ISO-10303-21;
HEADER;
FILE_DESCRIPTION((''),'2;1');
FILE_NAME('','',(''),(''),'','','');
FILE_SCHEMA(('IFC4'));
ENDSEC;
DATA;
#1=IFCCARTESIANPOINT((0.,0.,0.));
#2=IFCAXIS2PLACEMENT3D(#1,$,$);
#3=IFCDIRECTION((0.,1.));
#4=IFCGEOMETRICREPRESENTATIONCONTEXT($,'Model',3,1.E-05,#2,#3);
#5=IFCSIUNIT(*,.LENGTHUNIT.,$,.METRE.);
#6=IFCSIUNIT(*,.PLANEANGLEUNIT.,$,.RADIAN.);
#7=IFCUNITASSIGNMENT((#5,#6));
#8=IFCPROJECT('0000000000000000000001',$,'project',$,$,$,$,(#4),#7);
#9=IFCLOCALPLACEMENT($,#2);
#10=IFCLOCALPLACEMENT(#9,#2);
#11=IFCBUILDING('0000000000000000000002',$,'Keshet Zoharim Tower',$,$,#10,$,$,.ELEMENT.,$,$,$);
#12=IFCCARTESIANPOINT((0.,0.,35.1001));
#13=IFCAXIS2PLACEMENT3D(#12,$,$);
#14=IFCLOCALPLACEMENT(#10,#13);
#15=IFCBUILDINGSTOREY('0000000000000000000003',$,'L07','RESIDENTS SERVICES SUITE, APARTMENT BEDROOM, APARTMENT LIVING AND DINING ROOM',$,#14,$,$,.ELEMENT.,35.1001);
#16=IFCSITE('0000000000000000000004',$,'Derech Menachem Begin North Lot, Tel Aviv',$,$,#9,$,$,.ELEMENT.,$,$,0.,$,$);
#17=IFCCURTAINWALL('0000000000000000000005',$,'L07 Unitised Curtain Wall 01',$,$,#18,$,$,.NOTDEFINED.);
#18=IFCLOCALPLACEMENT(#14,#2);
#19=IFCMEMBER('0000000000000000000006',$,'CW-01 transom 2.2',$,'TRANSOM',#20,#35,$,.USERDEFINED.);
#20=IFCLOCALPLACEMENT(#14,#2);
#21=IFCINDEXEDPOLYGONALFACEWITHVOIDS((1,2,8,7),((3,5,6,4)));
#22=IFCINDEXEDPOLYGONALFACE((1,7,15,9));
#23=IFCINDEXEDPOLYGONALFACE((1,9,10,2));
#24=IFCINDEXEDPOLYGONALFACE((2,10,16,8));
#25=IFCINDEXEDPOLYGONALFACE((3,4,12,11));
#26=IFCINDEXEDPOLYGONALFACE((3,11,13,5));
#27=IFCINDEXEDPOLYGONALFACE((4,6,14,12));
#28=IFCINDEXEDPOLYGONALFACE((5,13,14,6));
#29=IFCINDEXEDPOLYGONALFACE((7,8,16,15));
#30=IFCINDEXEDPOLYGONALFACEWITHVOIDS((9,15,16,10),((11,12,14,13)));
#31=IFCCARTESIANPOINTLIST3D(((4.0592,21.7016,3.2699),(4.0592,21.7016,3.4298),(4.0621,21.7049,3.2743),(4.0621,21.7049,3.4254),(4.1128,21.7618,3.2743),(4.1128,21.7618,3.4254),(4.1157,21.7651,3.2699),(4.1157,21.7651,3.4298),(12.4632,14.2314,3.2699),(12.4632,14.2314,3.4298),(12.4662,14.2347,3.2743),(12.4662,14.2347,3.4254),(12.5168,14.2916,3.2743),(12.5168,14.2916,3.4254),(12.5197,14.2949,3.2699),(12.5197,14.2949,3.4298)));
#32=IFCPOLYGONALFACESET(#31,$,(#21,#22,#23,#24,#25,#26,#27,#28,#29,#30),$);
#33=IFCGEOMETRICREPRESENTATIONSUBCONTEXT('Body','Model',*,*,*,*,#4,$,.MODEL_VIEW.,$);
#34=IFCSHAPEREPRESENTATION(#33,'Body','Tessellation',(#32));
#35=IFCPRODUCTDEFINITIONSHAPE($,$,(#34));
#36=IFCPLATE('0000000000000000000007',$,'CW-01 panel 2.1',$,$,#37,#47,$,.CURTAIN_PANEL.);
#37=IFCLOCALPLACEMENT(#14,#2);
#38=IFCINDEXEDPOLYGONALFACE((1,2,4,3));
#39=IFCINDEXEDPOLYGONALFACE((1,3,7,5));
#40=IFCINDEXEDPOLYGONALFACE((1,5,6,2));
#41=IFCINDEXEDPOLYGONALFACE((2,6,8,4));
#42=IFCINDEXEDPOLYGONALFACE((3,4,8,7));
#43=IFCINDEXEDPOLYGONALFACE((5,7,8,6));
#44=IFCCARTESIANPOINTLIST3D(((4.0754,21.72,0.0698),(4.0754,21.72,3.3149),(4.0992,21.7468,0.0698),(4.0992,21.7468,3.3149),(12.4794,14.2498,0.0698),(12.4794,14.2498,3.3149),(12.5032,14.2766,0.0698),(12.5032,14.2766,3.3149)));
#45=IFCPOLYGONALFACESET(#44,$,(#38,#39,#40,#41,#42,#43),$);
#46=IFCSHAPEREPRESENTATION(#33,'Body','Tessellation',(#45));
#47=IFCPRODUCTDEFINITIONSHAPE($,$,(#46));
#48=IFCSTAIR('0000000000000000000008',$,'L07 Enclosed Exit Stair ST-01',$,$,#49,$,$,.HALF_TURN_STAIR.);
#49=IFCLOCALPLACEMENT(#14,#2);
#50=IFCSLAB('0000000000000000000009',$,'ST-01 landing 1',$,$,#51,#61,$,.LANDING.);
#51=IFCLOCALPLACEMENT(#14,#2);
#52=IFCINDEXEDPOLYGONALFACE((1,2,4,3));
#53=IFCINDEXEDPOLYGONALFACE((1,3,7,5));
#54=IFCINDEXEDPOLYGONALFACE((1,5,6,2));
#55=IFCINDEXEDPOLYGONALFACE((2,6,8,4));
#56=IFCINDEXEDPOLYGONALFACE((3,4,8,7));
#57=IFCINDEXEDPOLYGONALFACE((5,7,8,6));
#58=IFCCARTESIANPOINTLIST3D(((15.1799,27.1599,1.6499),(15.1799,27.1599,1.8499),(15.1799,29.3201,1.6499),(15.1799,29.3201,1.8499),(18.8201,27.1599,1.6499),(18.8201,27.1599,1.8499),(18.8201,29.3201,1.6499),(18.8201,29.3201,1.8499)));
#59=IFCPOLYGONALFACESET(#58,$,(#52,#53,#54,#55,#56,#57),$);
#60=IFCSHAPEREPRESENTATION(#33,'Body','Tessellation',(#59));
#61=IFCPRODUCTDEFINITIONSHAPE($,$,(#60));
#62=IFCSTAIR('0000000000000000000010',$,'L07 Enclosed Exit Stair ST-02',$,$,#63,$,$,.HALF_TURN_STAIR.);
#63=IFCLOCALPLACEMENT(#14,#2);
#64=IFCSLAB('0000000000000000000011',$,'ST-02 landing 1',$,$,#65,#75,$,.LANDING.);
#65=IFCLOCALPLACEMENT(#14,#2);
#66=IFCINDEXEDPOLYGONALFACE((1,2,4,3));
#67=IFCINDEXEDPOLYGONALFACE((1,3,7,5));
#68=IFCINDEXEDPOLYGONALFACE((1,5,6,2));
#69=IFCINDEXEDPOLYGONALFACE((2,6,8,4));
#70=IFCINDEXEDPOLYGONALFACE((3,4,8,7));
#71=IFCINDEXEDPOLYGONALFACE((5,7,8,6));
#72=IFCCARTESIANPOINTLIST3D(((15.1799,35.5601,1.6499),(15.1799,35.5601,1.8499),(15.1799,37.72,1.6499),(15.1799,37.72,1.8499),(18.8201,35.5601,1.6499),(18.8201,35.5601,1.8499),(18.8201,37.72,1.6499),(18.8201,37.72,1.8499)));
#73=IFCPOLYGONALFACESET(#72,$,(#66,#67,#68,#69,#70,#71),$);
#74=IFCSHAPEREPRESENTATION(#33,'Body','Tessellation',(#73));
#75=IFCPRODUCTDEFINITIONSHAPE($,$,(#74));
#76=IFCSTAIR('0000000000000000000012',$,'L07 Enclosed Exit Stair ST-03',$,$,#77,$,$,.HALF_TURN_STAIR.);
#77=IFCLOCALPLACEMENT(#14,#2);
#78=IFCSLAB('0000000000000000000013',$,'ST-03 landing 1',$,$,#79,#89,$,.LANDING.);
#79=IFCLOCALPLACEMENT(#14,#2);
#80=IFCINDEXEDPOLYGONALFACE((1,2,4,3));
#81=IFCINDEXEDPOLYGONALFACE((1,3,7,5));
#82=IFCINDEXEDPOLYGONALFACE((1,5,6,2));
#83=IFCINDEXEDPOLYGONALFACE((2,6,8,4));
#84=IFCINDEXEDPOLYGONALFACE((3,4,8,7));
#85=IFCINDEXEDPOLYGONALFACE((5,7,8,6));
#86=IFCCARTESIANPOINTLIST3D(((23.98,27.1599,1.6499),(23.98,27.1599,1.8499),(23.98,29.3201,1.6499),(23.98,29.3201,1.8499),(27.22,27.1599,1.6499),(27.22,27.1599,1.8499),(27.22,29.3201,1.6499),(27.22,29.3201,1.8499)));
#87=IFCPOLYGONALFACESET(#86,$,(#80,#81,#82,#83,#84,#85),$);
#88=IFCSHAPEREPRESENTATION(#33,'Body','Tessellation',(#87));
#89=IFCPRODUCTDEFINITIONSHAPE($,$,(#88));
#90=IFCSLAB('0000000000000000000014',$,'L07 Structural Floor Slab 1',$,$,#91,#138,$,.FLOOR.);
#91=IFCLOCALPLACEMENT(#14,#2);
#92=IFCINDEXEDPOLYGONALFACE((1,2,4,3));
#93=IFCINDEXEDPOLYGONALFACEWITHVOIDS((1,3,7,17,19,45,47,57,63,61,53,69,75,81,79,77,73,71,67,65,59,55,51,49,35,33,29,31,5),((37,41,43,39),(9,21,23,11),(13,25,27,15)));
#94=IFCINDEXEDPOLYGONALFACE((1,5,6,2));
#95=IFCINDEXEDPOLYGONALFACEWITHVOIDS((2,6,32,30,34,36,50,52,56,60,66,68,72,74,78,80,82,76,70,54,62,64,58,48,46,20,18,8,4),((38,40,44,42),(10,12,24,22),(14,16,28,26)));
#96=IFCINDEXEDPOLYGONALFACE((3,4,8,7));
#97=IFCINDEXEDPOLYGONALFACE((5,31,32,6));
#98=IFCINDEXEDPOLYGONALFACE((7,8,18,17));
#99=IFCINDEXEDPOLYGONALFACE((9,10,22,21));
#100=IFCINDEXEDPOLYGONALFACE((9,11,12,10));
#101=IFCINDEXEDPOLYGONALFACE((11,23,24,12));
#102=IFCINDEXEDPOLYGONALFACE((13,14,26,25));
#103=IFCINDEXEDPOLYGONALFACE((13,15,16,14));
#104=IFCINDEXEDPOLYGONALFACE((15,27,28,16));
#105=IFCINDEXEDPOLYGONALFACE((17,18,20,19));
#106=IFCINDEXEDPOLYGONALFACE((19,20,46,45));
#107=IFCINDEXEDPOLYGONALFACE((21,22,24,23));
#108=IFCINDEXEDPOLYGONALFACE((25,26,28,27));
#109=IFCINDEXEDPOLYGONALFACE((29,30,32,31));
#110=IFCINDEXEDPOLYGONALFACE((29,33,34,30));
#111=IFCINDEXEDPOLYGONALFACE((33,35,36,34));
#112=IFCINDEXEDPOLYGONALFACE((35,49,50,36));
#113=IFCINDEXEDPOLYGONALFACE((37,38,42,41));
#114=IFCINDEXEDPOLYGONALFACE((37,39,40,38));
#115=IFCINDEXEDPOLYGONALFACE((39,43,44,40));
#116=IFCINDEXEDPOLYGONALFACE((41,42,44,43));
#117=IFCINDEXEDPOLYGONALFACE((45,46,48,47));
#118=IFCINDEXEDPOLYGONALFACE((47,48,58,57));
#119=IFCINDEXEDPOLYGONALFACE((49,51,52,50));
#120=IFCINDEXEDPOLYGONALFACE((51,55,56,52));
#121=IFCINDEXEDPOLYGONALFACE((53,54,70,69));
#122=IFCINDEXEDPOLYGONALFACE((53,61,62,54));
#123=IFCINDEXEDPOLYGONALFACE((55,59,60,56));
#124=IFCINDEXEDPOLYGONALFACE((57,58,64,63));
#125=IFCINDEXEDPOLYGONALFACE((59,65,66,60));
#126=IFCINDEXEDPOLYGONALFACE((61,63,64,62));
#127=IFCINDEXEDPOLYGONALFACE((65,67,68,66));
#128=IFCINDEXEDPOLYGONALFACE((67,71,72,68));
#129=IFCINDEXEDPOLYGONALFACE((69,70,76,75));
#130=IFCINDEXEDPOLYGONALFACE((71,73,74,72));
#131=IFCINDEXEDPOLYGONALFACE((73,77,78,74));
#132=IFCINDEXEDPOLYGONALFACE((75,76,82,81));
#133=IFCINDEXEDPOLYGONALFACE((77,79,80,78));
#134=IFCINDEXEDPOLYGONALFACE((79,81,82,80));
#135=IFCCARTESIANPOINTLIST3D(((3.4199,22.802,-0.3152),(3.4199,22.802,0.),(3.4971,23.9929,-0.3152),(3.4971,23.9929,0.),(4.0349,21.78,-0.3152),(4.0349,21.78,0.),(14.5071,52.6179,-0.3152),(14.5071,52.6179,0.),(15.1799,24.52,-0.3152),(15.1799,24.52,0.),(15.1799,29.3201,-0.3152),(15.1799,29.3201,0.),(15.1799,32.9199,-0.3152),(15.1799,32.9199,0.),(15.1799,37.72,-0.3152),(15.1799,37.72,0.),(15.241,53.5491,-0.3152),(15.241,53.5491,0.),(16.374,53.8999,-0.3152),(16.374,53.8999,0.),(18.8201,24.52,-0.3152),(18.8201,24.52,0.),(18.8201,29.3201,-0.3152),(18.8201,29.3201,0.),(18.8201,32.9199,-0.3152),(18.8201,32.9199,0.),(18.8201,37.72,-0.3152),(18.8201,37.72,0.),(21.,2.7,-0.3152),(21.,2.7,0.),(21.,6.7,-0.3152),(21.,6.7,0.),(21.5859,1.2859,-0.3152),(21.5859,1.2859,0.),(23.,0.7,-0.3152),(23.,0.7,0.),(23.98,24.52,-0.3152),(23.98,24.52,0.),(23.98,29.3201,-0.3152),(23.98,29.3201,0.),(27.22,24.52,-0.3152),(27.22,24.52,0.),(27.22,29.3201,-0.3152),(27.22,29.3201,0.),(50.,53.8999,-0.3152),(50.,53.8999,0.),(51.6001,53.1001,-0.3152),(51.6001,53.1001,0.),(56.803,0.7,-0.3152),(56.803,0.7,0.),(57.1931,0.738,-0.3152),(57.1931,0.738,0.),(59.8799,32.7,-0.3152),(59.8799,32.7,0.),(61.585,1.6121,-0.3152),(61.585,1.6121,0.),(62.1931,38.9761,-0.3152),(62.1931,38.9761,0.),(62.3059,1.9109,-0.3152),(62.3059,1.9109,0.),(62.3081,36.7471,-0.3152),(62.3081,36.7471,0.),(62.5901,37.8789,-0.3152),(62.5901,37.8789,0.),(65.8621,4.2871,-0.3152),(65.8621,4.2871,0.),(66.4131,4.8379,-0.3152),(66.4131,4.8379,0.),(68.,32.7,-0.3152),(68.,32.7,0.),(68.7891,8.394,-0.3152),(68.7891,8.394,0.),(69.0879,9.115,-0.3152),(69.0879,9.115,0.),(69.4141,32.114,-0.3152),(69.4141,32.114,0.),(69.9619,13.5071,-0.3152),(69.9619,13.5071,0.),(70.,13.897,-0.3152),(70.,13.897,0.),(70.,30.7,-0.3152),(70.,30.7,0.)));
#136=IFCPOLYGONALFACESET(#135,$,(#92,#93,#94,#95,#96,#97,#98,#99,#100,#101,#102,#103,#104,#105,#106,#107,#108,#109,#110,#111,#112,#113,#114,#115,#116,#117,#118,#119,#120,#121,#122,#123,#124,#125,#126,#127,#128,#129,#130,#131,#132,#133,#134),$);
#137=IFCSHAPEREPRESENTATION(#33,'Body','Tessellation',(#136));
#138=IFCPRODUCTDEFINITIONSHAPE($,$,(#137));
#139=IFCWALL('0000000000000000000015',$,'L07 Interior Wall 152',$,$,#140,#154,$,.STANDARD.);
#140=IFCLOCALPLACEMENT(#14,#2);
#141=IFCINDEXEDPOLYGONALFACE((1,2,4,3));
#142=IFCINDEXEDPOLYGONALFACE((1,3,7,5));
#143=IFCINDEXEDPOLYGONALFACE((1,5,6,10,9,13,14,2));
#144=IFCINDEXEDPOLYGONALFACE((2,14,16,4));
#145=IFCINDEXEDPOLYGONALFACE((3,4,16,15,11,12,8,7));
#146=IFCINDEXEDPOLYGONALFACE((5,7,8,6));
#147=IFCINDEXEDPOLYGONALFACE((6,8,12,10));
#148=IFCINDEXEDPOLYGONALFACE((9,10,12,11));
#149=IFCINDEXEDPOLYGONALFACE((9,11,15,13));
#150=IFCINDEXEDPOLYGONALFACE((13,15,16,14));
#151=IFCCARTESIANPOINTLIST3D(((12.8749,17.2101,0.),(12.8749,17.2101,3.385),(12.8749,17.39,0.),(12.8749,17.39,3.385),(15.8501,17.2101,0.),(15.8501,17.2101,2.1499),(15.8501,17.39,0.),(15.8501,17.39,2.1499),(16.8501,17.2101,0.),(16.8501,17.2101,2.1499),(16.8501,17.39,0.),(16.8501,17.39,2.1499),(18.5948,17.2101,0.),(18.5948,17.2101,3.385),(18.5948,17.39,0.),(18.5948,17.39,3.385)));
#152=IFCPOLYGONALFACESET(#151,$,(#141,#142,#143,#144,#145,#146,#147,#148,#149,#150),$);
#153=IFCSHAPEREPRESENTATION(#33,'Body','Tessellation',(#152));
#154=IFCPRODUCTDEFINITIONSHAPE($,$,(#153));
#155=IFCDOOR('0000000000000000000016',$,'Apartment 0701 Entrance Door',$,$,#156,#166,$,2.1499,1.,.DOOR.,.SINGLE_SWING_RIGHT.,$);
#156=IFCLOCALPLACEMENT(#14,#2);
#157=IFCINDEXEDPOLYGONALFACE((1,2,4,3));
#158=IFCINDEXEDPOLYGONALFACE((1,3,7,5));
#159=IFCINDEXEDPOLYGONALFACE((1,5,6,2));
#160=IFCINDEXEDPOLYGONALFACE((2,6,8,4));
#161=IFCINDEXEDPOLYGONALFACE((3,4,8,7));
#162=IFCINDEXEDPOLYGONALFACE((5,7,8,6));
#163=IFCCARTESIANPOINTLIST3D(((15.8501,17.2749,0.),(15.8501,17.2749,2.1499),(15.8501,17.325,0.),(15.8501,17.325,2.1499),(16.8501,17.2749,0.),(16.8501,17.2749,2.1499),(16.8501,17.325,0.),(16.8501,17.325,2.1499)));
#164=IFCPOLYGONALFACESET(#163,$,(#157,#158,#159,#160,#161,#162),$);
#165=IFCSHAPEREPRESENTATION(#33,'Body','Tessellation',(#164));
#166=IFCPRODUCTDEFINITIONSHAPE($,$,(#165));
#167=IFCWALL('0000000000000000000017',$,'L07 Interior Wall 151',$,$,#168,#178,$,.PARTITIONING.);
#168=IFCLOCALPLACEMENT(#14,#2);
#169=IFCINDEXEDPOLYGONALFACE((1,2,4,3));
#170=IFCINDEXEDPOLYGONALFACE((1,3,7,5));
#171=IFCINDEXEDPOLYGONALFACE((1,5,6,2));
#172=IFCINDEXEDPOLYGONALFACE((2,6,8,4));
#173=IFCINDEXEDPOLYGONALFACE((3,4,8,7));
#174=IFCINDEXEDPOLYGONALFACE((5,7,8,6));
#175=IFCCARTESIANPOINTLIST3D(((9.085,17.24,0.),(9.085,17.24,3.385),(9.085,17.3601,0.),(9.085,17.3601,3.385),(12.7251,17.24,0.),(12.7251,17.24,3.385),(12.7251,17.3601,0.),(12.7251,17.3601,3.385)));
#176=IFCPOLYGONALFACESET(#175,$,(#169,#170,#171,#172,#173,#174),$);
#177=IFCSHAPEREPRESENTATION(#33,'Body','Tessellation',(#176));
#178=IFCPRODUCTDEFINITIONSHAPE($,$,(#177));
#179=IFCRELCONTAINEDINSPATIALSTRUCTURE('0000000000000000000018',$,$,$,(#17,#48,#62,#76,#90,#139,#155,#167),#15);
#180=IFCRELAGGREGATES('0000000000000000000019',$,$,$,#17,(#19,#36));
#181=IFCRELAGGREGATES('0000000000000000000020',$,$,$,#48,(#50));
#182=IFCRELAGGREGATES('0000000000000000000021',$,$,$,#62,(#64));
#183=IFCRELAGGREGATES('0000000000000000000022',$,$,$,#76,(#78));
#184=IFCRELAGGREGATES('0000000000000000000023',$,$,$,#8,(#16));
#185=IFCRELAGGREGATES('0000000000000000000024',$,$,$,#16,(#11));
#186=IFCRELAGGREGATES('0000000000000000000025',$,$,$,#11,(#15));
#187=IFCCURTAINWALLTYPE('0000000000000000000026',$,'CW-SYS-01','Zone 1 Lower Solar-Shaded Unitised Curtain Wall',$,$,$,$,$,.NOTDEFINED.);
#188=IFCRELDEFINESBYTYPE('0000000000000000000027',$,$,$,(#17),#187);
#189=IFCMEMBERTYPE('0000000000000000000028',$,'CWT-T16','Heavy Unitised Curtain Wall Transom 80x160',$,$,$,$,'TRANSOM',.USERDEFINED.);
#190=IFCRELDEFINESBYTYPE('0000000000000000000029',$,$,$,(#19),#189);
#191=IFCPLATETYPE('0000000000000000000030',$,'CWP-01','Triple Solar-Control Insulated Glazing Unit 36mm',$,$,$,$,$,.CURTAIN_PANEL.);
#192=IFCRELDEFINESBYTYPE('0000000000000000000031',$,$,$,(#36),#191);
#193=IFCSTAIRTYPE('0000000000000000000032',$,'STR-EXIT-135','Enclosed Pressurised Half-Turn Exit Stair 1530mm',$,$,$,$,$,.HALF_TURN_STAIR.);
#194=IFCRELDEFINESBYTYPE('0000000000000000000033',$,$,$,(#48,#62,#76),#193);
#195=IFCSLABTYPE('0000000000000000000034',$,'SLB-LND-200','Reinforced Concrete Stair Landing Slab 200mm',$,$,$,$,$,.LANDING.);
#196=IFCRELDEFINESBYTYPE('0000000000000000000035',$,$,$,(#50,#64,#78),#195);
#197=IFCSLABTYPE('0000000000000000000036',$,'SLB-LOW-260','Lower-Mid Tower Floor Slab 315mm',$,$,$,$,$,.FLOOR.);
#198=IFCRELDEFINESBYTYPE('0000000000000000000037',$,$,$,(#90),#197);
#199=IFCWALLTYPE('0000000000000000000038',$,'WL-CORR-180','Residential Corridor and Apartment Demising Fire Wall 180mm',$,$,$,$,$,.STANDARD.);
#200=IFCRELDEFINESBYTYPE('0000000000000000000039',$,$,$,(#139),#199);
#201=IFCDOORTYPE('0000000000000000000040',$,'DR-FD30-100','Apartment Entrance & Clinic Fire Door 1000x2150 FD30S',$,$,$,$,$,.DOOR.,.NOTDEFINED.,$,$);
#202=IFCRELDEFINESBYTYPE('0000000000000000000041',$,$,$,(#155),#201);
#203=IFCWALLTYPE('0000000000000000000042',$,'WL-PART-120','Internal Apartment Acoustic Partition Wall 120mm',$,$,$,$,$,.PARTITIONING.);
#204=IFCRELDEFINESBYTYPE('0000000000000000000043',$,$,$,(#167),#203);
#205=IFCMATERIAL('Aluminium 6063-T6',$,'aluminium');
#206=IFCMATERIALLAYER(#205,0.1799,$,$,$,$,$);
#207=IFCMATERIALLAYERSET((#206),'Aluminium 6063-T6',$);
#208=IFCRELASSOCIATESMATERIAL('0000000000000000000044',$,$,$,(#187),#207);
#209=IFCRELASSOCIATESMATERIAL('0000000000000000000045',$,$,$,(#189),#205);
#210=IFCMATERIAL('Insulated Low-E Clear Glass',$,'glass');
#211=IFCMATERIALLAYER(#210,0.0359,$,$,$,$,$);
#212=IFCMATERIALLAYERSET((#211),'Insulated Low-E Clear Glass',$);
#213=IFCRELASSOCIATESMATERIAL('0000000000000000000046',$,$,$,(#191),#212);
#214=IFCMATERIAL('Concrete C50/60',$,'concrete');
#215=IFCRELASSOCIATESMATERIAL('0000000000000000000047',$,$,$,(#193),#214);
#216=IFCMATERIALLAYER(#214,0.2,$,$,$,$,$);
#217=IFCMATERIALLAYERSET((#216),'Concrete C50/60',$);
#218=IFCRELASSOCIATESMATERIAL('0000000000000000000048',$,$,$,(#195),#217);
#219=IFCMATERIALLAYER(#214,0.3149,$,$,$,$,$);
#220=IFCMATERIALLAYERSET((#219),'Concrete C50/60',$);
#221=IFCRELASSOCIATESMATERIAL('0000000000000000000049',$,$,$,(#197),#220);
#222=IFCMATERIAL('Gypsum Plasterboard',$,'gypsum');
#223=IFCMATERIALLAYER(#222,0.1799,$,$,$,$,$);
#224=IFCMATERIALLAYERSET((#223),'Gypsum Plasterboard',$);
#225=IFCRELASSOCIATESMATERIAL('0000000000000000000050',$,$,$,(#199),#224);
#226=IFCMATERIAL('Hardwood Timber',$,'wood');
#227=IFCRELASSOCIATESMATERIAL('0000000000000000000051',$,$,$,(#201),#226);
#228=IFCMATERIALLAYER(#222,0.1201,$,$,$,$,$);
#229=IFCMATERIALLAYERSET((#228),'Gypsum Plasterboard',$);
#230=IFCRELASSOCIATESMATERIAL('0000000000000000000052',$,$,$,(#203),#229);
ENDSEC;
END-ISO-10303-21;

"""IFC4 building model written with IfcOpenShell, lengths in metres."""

from ifc_helpers import new_model, si_unit, direction, frame, frame_2d, origin, origin_2d, place, context, subcontext, project, spatial, polyline, rectangle, hollow_rectangle, outline, extrude, material, layer, layer_set, material_profile, profile_set, type_object, element, fill, aggregate, save


model = new_model("IFC4")

# Units and contexts
model_context = context("Model", 3, precision=1e-05, world=origin(), true_north=direction((0.0, 1.0)))
body_context = subcontext(model_context, "Body", "Model", "MODEL_VIEW")
ifc_project = project(units=[si_unit("LENGTHUNIT", "METRE"), si_unit("PLANEANGLEUNIT", "RADIAN")], contexts=[model_context])

# Site, building, storey
site_placement = place(None, origin())
site = spatial("IfcSite", under=ifc_project, at=site_placement, Name="Derech Menachem Begin North Lot, Tel Aviv", CompositionType="ELEMENT", RefElevation=0.0)
building_placement = place(site_placement, origin())
building = spatial("IfcBuilding", under=site, at=building_placement, Name="Keshet Zoharim Tower", CompositionType="ELEMENT")
storey_placement = place(building_placement, frame((0.0, 0.0, 35.1001)))
storey = spatial("IfcBuildingStorey", under=building, at=storey_placement, Name="L07", Description="RESIDENTS SERVICES SUITE, APARTMENT BEDROOM, APARTMENT LIVING AND DINING ROOM", CompositionType="ELEMENT", Elevation=35.1001)

# Curtain wall, member, plate
ifc_material_1 = material(Name="Aluminium 6063-T6", Category="aluminium")
ifc_layer_1 = layer(ifc_material_1, 0.1799)
ifc_layer_set_1 = layer_set([ifc_layer_1], Name="Aluminium 6063-T6")
curtain_wall_type = type_object("IfcCurtainWallType", Name="CW-SYS-01", Description="Zone 1 Lower Solar-Shaded Unitised Curtain Wall", PredefinedType="NOTDEFINED", material=ifc_layer_set_1)
curtain_wall_placement = place(storey_placement, origin())
curtain_wall = element("IfcCurtainWall", 1, at=curtain_wall_placement, inside=storey, type_object=curtain_wall_type, Name="L07 Unitised Curtain Wall 01", PredefinedType="NOTDEFINED")
ifc_material_profile_1 = material_profile(ifc_material_1, hollow_rectangle(XDim=0.085, YDim=0.1599, WallThickness=0.0044, at=origin_2d()), Name="TRN-85x160")
ifc_profile_set_1 = profile_set([ifc_material_profile_1], Name="Aluminium 6063-T6")
member_type_1 = type_object("IfcMemberType", Name="CWT-T16", Description="Heavy Unitised Curtain Wall Transom 80x160", ElementType="TRANSOM", PredefinedType="USERDEFINED", material=ifc_profile_set_1)
member_1_placement = place(storey_placement, frame((12.4915, 14.2632, 3.3499), z_axis=(-0.747412, 0.664361, 0.0), x_axis=(-0.664361, -0.747412, 0.0)))
member_1 = element("IfcMember", 2, at=member_1_placement, type_object=member_type_1, Name="CW-01 transom 2.2", ObjectType="TRANSOM", PredefinedType="USERDEFINED", context=body_context, shape_type="SweptSolid", body=[
    extrude(hollow_rectangle(XDim=0.085, YDim=0.1599, WallThickness=0.0044, at=origin_2d()), origin(), (0.0, 0.0, 1.0), 11.2441),
])
ifc_material_2 = material(Name="Insulated Low-E Clear Glass", Category="glass")
ifc_layer_2 = layer(ifc_material_2, 0.0359)
ifc_layer_set_2 = layer_set([ifc_layer_2], Name="Insulated Low-E Clear Glass")
plate_type = type_object("IfcPlateType", Name="CWP-01", Description="Triple Solar-Control Insulated Glazing Unit 36mm", PredefinedType="CURTAIN_PANEL", material=ifc_layer_set_2)
plate_placement = place(storey_placement, frame((8.2893, 17.9983, 0.0698), z_axis=(0.0, 0.0, 1.0), x_axis=(-0.747409, 0.664364, 0.0)))
plate = element("IfcPlate", 3, at=plate_placement, type_object=plate_type, Name="CW-01 panel 2.1", PredefinedType="CURTAIN_PANEL", context=body_context, shape_type="SweptSolid", body=[
    extrude(rectangle(XDim=11.2441, YDim=0.0359, at=origin_2d()), origin(), (0.0, 0.0, 1.0), 3.2451),
])
aggregate(curtain_wall, [member_1, plate])

# Stairs, slabs
ifc_material_3 = material(Name="Concrete C50/60", Category="concrete")
stair_type = type_object("IfcStairType", Name="STR-EXIT-135", Description="Enclosed Pressurised Half-Turn Exit Stair 1530mm", PredefinedType="HALF_TURN_STAIR", material=ifc_material_3)
stair_1_placement = place(storey_placement, origin())
stair_1 = element("IfcStair", 4, at=stair_1_placement, inside=storey, type_object=stair_type, Name="L07 Enclosed Exit Stair ST-01", PredefinedType="HALF_TURN_STAIR")
ifc_layer_3 = layer(ifc_material_3, 0.2)
ifc_layer_set_3 = layer_set([ifc_layer_3], Name="Concrete C50/60")
slab_type_1 = type_object("IfcSlabType", Name="SLB-LND-200", Description="Reinforced Concrete Stair Landing Slab 200mm", PredefinedType="LANDING", material=ifc_layer_set_3)
slab_1_placement = place(storey_placement, frame((0.0, 0.0, 1.6499)))
slab_1 = element("IfcSlab", 5, at=slab_1_placement, type_object=slab_type_1, Name="ST-01 landing 1", PredefinedType="LANDING", context=body_context, shape_type="SweptSolid", body=[
    extrude(outline(polyline([(15.1799, 27.1599), (18.8201, 27.1599), (18.8201, 29.3201), (15.1799, 29.3201), (15.1799, 27.1599)])), origin(), (0.0, 0.0, 1.0), 0.2),
])
aggregate(stair_1, [slab_1])
stair_2_placement = place(storey_placement, origin())
stair_2 = element("IfcStair", 6, at=stair_2_placement, inside=storey, type_object=stair_type, Name="L07 Enclosed Exit Stair ST-02", PredefinedType="HALF_TURN_STAIR")
slab_2_placement = place(storey_placement, frame((0.0, 0.0, 1.6499)))
slab_2 = element("IfcSlab", 7, at=slab_2_placement, type_object=slab_type_1, Name="ST-02 landing 1", PredefinedType="LANDING", context=body_context, shape_type="SweptSolid", body=[
    extrude(outline(polyline([(15.1799, 35.5601), (18.8201, 35.5601), (18.8201, 37.72), (15.1799, 37.72), (15.1799, 35.5601)])), origin(), (0.0, 0.0, 1.0), 0.2),
])
aggregate(stair_2, [slab_2])
stair_3_placement = place(storey_placement, origin())
stair_3 = element("IfcStair", 8, at=stair_3_placement, inside=storey, type_object=stair_type, Name="L07 Enclosed Exit Stair ST-03", PredefinedType="HALF_TURN_STAIR")
slab_3_placement = place(storey_placement, frame((0.0, 0.0, 1.6499)))
slab_3 = element("IfcSlab", 9, at=slab_3_placement, type_object=slab_type_1, Name="ST-03 landing 1", PredefinedType="LANDING", context=body_context, shape_type="SweptSolid", body=[
    extrude(outline(polyline([(23.98, 27.1599), (27.22, 27.1599), (27.22, 29.3201), (23.98, 29.3201), (23.98, 27.1599)])), origin(), (0.0, 0.0, 1.0), 0.2),
])
aggregate(stair_3, [slab_3])

# Slab
ifc_layer_4 = layer(ifc_material_3, 0.3149)
ifc_layer_set_4 = layer_set([ifc_layer_4], Name="Concrete C50/60")
slab_type_2 = type_object("IfcSlabType", Name="SLB-LOW-260", Description="Lower-Mid Tower Floor Slab 315mm", PredefinedType="FLOOR", material=ifc_layer_set_4)
slab_4_placement = place(storey_placement, frame((0.0, 0.0, -0.3152)))
element("IfcSlab", 10, at=slab_4_placement, inside=storey, type_object=slab_type_2, Name="L07 Structural Floor Slab 1", PredefinedType="FLOOR", context=body_context, shape_type="SweptSolid", body=[
    extrude(outline(polyline([(21.0, 6.7), (4.0349, 21.78), (3.4199, 22.802), (3.4971, 23.9929), (14.5071, 52.6179), (15.241, 53.5491), (16.374, 53.8999), (50.0, 53.8999), (51.6001, 53.1001), (62.1931, 38.9761), (62.5901, 37.8789), (62.3081, 36.7471), (59.8799, 32.7), (68.0, 32.7), (69.4141, 32.114), (70.0, 30.7), (70.0, 13.897), (69.9619, 13.5071), (69.0879, 9.115), (68.7891, 8.394), (66.4131, 4.8379), (65.8621, 4.2871), (62.3059, 1.9109), (61.585, 1.6121), (57.1931, 0.738), (56.803, 0.7), (23.0, 0.7), (21.5859, 1.2859), (21.0, 2.7), (21.0, 6.7)]), holes=[polyline([(15.1799, 24.52), (18.8201, 24.52), (18.8201, 29.3201), (15.1799, 29.3201), (15.1799, 24.52)]), polyline([(15.1799, 32.9199), (18.8201, 32.9199), (18.8201, 37.72), (15.1799, 37.72), (15.1799, 32.9199)]), polyline([(23.98, 24.52), (27.22, 24.52), (27.22, 29.3201), (23.98, 29.3201), (23.98, 24.52)])]), origin(), (0.0, 0.0, 1.0), 0.3152),
])

# Wall, opening, door
ifc_material_4 = material(Name="Gypsum Plasterboard", Category="gypsum")
ifc_layer_5 = layer(ifc_material_4, 0.1799)
ifc_layer_set_5 = layer_set([ifc_layer_5], Name="Gypsum Plasterboard")
wall_type_1 = type_object("IfcWallType", Name="WL-CORR-180", Description="Residential Corridor and Apartment Demising Fire Wall 180mm", PredefinedType="STANDARD", material=ifc_layer_set_5)
ifc_material_5 = material(Name="Hardwood Timber", Category="wood")
door_type = type_object("IfcDoorType", Name="DR-FD30-100", Description="Apartment Entrance & Clinic Fire Door 1000x2150 FD30S", OperationType="NOTDEFINED", PredefinedType="DOOR", material=ifc_material_5)
wall_1_placement = place(storey_placement, frame((12.875, 17.3, 0.0), z_axis=(0.0, 0.0, 1.0), x_axis=(1.0, 0.0, 0.0)))
wall_1 = element("IfcWall", 11, at=wall_1_placement, inside=storey, type_object=wall_type_1, Name="L07 Interior Wall 152", PredefinedType="STANDARD", context=body_context, shape_type="SweptSolid", body=[
    extrude(rectangle(XDim=5.72, YDim=0.1799, at=frame_2d((2.8599, 0.0))), origin(), (0.0, 0.0, 1.0), 3.385),
])
opening_1_placement = place(wall_1_placement, frame((2.9751, 0.0, 0.0)))
opening_1 = element("IfcOpeningElement", 12, at=opening_1_placement, cuts=wall_1, PredefinedType="OPENING", context=body_context, shape_type="SweptSolid", body=[
    extrude(rectangle(XDim=1.0, YDim=2.1499, at=frame_2d((0.5, 1.075))), frame((0.0, 0.1001, 0.0), z_axis=(0.0, -1.0, 0.0), x_axis=(1.0, 0.0, 0.0)), (0.0, 0.0, 1.0), 0.2),
])
door_1_placement = place(opening_1_placement, origin())
door_1 = element("IfcDoor", 13, at=door_1_placement, inside=storey, type_object=door_type, Name="Apartment 0701 Entrance Door", OperationType="SINGLE_SWING_RIGHT", OverallHeight=2.1499, OverallWidth=1.0, PredefinedType="DOOR", context=body_context, shape_type="SweptSolid", body=[
    extrude(rectangle(XDim=1.0, YDim=2.1499, at=frame_2d((0.5, 1.075))), frame((0.0, 0.0249, 0.0), z_axis=(0.0, -1.0, 0.0), x_axis=(1.0, 0.0, 0.0)), (0.0, 0.0, 1.0), 0.05),
])
fill(opening_1, door_1)

# Wall
ifc_layer_6 = layer(ifc_material_4, 0.1201)
ifc_layer_set_6 = layer_set([ifc_layer_6], Name="Gypsum Plasterboard")
wall_type_2 = type_object("IfcWallType", Name="WL-PART-120", Description="Internal Apartment Acoustic Partition Wall 120mm", PredefinedType="PARTITIONING", material=ifc_layer_set_6)
wall_2_placement = place(storey_placement, frame((9.085, 17.3, 0.0), z_axis=(0.0, 0.0, 1.0), x_axis=(1.0, 0.0, 0.0)))
element("IfcWall", 14, at=wall_2_placement, inside=storey, type_object=wall_type_2, Name="L07 Interior Wall 151", PredefinedType="PARTITIONING", context=body_context, shape_type="SweptSolid", body=[
    extrude(rectangle(XDim=3.6401, YDim=0.1201, at=frame_2d((1.8201, 0.0))), origin(), (0.0, 0.0, 1.0), 3.385),
])

save(model, "model.ifc")
